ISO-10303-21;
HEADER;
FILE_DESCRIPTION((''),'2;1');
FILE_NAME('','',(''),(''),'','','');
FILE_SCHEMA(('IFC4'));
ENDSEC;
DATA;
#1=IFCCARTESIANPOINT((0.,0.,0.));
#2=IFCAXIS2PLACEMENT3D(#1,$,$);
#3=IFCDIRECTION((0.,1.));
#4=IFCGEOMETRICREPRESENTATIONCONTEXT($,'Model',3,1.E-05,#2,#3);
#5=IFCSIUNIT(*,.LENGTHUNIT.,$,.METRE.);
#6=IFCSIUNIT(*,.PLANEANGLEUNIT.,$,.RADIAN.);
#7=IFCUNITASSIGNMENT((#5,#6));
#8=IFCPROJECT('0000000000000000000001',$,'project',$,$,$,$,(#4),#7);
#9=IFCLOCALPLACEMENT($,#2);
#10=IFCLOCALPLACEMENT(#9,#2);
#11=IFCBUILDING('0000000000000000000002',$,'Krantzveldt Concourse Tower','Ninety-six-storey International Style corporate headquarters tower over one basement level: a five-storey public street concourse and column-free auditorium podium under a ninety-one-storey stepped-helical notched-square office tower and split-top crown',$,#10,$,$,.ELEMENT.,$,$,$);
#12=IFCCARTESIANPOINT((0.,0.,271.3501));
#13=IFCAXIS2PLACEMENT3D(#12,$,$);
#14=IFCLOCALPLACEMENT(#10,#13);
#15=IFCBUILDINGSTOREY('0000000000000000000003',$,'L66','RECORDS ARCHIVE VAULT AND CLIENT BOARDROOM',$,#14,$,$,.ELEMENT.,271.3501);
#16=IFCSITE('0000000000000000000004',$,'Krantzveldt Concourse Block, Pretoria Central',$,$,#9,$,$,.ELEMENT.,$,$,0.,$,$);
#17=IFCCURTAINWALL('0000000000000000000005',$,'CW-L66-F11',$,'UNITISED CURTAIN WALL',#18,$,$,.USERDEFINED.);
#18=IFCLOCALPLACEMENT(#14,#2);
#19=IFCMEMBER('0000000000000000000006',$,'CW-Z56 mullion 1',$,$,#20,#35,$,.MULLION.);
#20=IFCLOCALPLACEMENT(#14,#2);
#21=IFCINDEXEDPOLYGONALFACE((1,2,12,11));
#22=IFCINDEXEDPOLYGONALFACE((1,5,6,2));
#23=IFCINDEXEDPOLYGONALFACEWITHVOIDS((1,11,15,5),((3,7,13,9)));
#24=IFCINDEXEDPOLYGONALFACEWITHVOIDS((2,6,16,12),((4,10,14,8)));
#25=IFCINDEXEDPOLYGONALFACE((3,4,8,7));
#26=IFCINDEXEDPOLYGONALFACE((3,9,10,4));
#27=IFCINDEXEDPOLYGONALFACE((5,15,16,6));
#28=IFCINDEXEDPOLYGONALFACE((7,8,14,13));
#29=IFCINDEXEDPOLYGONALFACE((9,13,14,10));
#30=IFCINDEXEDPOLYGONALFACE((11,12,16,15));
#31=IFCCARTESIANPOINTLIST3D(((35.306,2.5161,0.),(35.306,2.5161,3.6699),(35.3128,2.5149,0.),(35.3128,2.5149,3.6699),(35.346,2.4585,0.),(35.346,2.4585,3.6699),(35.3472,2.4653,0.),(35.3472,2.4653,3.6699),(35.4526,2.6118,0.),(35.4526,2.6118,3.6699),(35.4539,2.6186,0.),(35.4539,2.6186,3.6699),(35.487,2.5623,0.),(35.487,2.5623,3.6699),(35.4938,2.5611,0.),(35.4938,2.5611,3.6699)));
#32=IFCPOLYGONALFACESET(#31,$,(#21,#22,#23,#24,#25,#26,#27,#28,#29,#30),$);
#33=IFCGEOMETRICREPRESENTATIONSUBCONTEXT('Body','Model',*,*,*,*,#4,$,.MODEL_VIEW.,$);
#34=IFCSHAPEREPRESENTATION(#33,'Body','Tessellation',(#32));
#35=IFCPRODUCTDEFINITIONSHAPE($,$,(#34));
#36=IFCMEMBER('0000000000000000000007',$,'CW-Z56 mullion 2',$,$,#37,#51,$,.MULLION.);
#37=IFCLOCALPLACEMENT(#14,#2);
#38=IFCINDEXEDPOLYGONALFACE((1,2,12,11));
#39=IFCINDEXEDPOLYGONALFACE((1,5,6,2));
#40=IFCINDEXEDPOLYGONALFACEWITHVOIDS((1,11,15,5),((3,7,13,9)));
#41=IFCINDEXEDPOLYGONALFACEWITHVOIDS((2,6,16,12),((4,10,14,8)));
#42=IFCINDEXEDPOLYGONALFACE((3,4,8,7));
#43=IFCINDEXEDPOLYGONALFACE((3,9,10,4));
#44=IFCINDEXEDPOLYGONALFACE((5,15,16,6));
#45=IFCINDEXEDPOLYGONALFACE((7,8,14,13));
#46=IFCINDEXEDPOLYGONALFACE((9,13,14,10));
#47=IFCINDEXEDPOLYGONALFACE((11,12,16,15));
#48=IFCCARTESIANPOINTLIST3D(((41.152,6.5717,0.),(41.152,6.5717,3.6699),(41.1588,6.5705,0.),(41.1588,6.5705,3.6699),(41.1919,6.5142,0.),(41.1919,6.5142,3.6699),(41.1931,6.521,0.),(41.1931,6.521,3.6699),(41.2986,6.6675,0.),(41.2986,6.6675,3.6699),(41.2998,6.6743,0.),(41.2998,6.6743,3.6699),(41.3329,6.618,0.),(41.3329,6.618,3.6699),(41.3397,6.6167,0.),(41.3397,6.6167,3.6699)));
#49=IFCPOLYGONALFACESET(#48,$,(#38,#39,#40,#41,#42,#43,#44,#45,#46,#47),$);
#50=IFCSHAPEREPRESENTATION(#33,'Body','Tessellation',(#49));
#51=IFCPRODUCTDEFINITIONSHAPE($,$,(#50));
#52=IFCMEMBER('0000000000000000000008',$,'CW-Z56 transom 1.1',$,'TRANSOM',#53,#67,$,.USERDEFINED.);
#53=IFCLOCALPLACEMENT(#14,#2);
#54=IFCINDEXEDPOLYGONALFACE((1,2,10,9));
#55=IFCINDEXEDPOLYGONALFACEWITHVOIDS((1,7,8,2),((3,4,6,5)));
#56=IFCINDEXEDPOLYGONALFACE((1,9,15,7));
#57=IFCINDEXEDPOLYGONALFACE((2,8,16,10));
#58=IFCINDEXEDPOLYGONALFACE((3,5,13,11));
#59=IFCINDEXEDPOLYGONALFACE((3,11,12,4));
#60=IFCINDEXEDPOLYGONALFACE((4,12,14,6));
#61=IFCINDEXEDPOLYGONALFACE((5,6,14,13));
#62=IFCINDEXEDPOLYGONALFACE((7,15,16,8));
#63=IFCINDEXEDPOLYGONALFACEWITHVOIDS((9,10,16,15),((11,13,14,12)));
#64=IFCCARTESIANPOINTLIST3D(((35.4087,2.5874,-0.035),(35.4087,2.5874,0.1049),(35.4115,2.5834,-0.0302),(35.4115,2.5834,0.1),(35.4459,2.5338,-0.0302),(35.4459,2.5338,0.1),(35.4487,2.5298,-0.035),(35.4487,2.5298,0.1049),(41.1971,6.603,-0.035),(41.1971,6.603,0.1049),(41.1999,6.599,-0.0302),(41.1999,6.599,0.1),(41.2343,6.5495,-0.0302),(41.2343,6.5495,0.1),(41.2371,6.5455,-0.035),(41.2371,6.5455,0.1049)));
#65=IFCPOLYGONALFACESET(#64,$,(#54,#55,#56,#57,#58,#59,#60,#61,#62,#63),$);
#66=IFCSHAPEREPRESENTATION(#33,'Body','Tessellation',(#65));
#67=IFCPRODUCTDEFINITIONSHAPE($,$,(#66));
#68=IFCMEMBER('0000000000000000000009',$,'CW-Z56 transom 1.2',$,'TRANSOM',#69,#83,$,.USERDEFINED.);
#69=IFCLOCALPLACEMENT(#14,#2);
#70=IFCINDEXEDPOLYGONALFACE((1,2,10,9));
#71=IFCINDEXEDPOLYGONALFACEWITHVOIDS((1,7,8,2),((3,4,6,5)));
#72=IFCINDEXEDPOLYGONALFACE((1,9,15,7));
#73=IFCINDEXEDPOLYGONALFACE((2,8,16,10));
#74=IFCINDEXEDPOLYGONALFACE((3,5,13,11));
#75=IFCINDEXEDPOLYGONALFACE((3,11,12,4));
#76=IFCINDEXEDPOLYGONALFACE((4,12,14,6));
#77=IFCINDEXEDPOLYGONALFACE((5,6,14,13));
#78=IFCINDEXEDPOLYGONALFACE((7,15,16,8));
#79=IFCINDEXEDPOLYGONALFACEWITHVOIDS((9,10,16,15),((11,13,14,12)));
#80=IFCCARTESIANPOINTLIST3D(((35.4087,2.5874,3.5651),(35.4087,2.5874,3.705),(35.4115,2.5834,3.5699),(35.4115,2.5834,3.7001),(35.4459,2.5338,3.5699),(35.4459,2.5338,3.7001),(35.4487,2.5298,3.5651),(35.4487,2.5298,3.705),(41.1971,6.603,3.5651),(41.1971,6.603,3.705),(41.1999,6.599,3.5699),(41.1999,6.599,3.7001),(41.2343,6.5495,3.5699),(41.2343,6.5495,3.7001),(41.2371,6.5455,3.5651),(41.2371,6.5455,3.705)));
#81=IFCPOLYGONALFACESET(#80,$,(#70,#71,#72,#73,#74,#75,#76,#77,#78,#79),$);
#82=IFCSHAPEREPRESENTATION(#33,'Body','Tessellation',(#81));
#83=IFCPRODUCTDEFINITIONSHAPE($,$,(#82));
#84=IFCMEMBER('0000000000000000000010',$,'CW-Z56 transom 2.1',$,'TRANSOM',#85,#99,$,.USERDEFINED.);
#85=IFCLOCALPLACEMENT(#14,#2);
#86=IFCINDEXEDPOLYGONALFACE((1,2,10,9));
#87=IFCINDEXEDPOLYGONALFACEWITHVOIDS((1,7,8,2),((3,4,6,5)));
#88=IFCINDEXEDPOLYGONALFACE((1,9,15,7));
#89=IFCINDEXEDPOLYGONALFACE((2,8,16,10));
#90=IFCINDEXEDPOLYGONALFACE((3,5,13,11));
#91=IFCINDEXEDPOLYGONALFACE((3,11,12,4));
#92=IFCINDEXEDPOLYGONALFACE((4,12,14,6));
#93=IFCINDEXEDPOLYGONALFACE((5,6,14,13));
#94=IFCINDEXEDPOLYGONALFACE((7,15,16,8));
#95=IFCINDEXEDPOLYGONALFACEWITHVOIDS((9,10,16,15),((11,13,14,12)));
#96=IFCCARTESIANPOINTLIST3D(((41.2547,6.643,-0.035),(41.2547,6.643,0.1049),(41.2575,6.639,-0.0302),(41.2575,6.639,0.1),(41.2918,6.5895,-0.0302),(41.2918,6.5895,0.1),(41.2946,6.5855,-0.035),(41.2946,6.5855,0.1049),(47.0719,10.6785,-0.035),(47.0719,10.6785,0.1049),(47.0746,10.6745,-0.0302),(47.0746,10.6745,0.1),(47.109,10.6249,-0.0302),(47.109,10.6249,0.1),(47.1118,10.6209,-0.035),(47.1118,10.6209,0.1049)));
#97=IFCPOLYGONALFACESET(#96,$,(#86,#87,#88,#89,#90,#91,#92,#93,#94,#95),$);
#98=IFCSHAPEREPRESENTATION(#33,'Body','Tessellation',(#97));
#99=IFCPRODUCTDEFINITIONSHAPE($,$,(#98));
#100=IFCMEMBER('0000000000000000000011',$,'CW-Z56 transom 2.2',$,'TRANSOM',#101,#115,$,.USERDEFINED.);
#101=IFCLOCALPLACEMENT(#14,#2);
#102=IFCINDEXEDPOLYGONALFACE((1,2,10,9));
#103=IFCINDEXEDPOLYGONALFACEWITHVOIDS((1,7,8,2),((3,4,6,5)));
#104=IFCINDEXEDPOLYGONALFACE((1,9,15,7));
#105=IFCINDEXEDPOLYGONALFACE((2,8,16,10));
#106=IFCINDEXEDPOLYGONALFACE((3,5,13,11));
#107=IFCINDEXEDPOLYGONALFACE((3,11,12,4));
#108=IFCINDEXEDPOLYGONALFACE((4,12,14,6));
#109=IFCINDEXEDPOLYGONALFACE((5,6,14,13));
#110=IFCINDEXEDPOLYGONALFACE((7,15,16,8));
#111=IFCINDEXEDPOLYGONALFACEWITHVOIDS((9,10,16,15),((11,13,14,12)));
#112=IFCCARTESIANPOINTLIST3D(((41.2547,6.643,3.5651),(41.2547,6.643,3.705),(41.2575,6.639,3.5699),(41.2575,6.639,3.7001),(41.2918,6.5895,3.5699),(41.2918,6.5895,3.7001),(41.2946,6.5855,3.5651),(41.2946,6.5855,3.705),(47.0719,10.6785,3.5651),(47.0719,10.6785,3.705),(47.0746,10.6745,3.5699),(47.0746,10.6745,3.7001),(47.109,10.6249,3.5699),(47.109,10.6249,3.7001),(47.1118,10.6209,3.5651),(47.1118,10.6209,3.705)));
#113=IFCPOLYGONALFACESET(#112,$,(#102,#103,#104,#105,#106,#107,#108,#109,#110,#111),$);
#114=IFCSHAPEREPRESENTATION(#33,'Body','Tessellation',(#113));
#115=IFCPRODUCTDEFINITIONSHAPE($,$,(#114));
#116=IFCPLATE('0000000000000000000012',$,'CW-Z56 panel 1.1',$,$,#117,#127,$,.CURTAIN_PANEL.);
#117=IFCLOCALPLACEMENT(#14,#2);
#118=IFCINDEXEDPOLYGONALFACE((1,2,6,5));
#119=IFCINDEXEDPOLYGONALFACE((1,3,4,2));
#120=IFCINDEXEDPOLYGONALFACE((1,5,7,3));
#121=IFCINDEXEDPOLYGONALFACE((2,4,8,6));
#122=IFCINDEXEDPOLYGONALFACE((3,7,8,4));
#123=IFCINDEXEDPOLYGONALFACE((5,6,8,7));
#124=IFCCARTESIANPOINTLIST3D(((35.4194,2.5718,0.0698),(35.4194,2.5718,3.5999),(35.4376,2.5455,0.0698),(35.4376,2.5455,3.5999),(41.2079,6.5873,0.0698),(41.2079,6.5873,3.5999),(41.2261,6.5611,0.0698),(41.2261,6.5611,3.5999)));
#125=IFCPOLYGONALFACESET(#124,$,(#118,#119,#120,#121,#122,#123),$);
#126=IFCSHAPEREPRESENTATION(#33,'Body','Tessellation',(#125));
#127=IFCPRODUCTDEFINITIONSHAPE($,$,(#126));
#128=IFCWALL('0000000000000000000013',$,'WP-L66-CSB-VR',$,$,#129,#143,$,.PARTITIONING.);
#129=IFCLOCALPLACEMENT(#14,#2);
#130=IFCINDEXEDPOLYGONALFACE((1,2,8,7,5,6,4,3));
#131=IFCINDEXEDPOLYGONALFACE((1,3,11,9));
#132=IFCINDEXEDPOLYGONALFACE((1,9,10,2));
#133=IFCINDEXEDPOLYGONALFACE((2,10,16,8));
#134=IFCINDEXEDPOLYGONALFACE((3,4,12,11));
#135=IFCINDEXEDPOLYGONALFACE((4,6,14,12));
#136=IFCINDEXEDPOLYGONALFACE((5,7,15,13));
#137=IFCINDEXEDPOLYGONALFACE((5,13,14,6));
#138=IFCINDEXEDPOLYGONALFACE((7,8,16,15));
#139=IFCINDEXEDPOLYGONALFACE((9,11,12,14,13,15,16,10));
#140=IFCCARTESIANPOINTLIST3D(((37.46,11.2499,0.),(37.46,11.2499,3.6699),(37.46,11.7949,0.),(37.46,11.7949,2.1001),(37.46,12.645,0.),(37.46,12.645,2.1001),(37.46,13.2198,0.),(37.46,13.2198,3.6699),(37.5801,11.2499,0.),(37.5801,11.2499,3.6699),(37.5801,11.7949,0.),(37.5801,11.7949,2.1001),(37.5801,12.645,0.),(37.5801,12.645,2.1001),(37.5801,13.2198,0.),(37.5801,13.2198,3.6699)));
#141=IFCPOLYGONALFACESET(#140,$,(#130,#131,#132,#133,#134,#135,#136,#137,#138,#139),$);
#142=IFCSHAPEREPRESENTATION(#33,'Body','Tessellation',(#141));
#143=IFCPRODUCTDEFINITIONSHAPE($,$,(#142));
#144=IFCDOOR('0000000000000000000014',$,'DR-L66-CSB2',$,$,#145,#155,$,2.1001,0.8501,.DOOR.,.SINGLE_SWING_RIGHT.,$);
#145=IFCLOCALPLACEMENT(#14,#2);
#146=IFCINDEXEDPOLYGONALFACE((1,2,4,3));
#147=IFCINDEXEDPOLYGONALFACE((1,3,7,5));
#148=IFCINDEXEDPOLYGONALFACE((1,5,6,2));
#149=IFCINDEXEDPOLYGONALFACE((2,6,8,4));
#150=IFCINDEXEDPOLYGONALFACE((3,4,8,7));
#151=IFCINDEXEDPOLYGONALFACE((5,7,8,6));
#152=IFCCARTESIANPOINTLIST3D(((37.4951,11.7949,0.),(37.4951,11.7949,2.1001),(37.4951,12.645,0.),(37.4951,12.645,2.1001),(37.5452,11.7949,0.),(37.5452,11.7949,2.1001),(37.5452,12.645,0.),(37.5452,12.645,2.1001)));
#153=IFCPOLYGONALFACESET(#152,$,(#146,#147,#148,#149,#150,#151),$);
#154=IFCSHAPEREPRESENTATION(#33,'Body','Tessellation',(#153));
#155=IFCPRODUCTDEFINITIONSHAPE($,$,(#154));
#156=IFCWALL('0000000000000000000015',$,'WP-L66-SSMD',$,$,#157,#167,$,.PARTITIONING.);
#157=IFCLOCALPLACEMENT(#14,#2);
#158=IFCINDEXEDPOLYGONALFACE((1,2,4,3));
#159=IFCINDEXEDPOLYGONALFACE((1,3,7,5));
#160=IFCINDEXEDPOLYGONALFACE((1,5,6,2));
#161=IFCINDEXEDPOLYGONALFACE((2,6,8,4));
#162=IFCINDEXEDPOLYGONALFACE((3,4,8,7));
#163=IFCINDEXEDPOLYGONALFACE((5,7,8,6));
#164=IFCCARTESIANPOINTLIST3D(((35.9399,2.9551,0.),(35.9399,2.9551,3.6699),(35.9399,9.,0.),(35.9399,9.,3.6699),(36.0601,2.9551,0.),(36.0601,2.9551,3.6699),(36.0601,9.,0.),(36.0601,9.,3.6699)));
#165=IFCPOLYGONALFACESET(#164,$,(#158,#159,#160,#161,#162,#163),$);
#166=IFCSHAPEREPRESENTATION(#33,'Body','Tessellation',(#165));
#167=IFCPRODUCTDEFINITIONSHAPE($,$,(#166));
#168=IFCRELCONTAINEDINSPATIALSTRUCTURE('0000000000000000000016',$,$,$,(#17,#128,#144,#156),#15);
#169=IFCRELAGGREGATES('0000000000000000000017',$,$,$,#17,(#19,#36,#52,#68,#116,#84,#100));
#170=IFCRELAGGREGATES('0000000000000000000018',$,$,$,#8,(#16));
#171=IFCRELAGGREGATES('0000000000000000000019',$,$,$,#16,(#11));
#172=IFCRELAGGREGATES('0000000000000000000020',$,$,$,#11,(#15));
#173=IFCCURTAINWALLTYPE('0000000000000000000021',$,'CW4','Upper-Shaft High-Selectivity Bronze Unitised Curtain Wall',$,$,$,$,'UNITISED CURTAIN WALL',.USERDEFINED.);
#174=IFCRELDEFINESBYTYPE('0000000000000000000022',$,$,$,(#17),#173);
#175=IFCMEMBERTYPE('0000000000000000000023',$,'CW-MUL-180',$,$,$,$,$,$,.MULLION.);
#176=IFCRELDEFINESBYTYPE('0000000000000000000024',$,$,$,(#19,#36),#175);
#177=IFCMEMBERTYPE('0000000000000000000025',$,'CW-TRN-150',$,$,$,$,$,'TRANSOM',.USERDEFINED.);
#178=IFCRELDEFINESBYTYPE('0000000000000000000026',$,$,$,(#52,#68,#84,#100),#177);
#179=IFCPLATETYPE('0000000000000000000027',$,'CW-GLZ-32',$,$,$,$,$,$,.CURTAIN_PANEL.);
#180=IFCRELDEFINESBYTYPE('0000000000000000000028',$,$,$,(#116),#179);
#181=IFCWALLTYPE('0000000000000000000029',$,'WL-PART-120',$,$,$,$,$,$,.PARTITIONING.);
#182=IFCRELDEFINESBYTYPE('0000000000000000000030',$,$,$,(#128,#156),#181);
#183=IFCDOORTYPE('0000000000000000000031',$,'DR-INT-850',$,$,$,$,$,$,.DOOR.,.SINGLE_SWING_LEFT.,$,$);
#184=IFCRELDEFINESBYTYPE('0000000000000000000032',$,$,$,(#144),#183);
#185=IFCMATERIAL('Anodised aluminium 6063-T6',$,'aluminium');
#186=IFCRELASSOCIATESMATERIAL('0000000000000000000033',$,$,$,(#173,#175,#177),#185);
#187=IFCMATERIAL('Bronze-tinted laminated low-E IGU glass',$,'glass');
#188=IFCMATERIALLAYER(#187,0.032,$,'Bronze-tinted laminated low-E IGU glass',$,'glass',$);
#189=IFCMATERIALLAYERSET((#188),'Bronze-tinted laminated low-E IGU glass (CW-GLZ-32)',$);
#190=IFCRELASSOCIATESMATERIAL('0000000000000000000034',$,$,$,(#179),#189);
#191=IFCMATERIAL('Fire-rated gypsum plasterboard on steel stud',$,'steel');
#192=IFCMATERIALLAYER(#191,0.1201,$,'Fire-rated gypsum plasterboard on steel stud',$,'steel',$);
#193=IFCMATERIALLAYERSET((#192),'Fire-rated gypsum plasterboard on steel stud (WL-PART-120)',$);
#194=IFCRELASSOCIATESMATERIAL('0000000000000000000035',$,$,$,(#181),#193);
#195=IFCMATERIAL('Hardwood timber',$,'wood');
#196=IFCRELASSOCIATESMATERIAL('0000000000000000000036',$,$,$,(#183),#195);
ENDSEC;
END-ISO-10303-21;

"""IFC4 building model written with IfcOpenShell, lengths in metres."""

from ifc_helpers import new_model, si_unit, direction, frame, frame_2d, origin, origin_2d, place, context, subcontext, project, spatial, rectangle, hollow_rectangle, extrude, source, transform, mapped, material, layer, layer_set, material_profile, profile_set, type_object, type_shapes, element, fill, aggregate, save


model = new_model("IFC4")

# Units and contexts
model_context = context("Model", 3, precision=1e-05, world=origin(), true_north=direction((0.0, 1.0)))
body_context = subcontext(model_context, "Body", "Model", "MODEL_VIEW")
ifc_project = project(units=[si_unit("LENGTHUNIT", "METRE"), si_unit("PLANEANGLEUNIT", "RADIAN")], contexts=[model_context])

# Site, building, storey
site_placement = place(None, origin())
site = spatial("IfcSite", under=ifc_project, at=site_placement, Name="Krantzveldt Concourse Block, Pretoria Central", CompositionType="ELEMENT", RefElevation=0.0)
building_placement = place(site_placement, origin())
building = spatial("IfcBuilding", under=site, at=building_placement, Name="Krantzveldt Concourse Tower", Description="Ninety-six-storey International Style corporate headquarters tower over one basement level: a five-storey public street concourse and column-free auditorium podium under a ninety-one-storey stepped-helical notched-square office tower and split-top crown", CompositionType="ELEMENT")
storey_placement = place(building_placement, frame((0.0, 0.0, 271.3501)))
storey = spatial("IfcBuildingStorey", under=building, at=storey_placement, Name="L66", Description="RECORDS ARCHIVE VAULT AND CLIENT BOARDROOM", CompositionType="ELEMENT", Elevation=271.3501)

# Curtain wall, members, plate
ifc_material_1 = material(Name="Anodised aluminium 6063-T6", Category="aluminium")
curtain_wall_type = type_object("IfcCurtainWallType", Name="CW4", Description="Upper-Shaft High-Selectivity Bronze Unitised Curtain Wall", ElementType="UNITISED CURTAIN WALL", PredefinedType="USERDEFINED", material=ifc_material_1)
curtain_wall_placement = place(storey_placement, origin())
curtain_wall = element("IfcCurtainWall", 1, at=curtain_wall_placement, inside=storey, type_object=curtain_wall_type, Name="CW-L66-F11", ObjectType="UNITISED CURTAIN WALL", PredefinedType="USERDEFINED")
ifc_material_profile_1 = material_profile(ifc_material_1, hollow_rectangle(XDim=0.0701, YDim=0.1799, WallThickness=0.0049, at=origin_2d()), Name="Anodised aluminium 6063-T6", Category="aluminium")
ifc_profile_set_1 = profile_set([ifc_material_profile_1], Name="Anodised aluminium 6063-T6 - ALU-MULL 180x70x5")
member_type_1 = type_object("IfcMemberType", Name="CW-MUL-180", PredefinedType="MULLION", material=ifc_profile_set_1)
shared_shape_1 = source(origin(), body_context, "Body", "SweptSolid", [
    extrude(hollow_rectangle(XDim=0.0701, YDim=0.1799, WallThickness=0.0049, at=origin_2d()), origin(), (0.0, 0.0, 1.0), 3.6699),
])
type_shapes(member_type_1, [shared_shape_1])
member_1_placement = place(storey_placement, frame((35.3999, 2.5386, 0.0), z_axis=(0.0, 0.0, 1.0), x_axis=(-0.569997, 0.821647, 0.0)))
member_1 = element("IfcMember", 2, at=member_1_placement, type_object=member_type_1, Name="CW-Z56 mullion 1", PredefinedType="MULLION", context=body_context, shape_type="MappedRepresentation", body=[
    mapped(shared_shape_1, transform((0.0, 0.0, 0.0), x_axis=(1.0, 0.0, 0.0), y_axis=(0.0, 1.0, 0.0), z_axis=(0.0, 0.0, 1.0), scale=1.0)),
])
member_2_placement = place(storey_placement, frame((41.2458, 6.5942, 0.0), z_axis=(0.0, 0.0, 1.0), x_axis=(-0.569997, 0.821647, 0.0)))
member_2 = element("IfcMember", 3, at=member_2_placement, type_object=member_type_1, Name="CW-Z56 mullion 2", PredefinedType="MULLION", context=body_context, shape_type="MappedRepresentation", body=[
    mapped(shared_shape_1, transform((0.0, 0.0, 0.0), x_axis=(1.0, 0.0, 0.0), y_axis=(0.0, 1.0, 0.0), z_axis=(0.0, 0.0, 1.0), scale=1.0)),
])
ifc_material_profile_2 = material_profile(ifc_material_1, hollow_rectangle(XDim=0.0701, YDim=0.1399, WallThickness=0.0049, at=origin_2d()), Name="Anodised aluminium 6063-T6", Category="aluminium")
ifc_profile_set_2 = profile_set([ifc_material_profile_2], Name="Anodised aluminium 6063-T6 - ALU-TRAN 140x70x5")
member_type_2 = type_object("IfcMemberType", Name="CW-TRN-150", ElementType="TRANSOM", PredefinedType="USERDEFINED", material=ifc_profile_set_2)
shared_shape_2 = source(origin(), body_context, "Body", "SweptSolid", [
    extrude(hollow_rectangle(XDim=0.0701, YDim=0.1399, WallThickness=0.0049, at=origin_2d()), origin(), (0.0, 0.0, 1.0), 7.0449),
])
member_3_placement = place(storey_placement, frame((35.4287, 2.5586, 0.0349), z_axis=(0.821639, 0.570008, 0.0), x_axis=(-0.570008, 0.821639, 0.0)))
member_3 = element("IfcMember", 4, at=member_3_placement, type_object=member_type_2, Name="CW-Z56 transom 1.1", ObjectType="TRANSOM", PredefinedType="USERDEFINED", context=body_context, shape_type="MappedRepresentation", body=[
    mapped(shared_shape_2, transform((0.0, 0.0, 0.0), x_axis=(1.0, 0.0, 0.0), y_axis=(0.0, 1.0, 0.0), z_axis=(0.0, 0.0, 1.0), scale=1.0)),
])
member_4_placement = place(storey_placement, frame((35.4287, 2.5586, 3.635), z_axis=(0.821639, 0.570008, 0.0), x_axis=(-0.570008, 0.821639, 0.0)))
member_4 = element("IfcMember", 5, at=member_4_placement, type_object=member_type_2, Name="CW-Z56 transom 1.2", ObjectType="TRANSOM", PredefinedType="USERDEFINED", context=body_context, shape_type="MappedRepresentation", body=[
    mapped(shared_shape_2, transform((0.0, 0.0, 0.0), x_axis=(1.0, 0.0, 0.0), y_axis=(0.0, 1.0, 0.0), z_axis=(0.0, 0.0, 1.0), scale=1.0)),
])
shared_shape_3 = source(origin(), body_context, "Body", "SweptSolid", [
    extrude(hollow_rectangle(XDim=0.0701, YDim=0.1399, WallThickness=0.0049, at=origin_2d()), origin(), (0.0, 0.0, 1.0), 7.0798),
])
type_shapes(member_type_2, [shared_shape_2, shared_shape_3])
member_5_placement = place(storey_placement, frame((41.2747, 6.6143, 0.0349), z_axis=(0.821653, 0.569988, 0.0), x_axis=(-0.569988, 0.821653, 0.0)))
member_5 = element("IfcMember", 6, at=member_5_placement, type_object=member_type_2, Name="CW-Z56 transom 2.1", ObjectType="TRANSOM", PredefinedType="USERDEFINED", context=body_context, shape_type="MappedRepresentation", body=[
    mapped(shared_shape_3, transform((0.0, 0.0, 0.0), x_axis=(1.0, 0.0, 0.0), y_axis=(0.0, 1.0, 0.0), z_axis=(0.0, 0.0, 1.0), scale=1.0)),
])
member_6_placement = place(storey_placement, frame((41.2747, 6.6143, 3.635), z_axis=(0.821653, 0.569988, 0.0), x_axis=(-0.569988, 0.821653, 0.0)))
member_6 = element("IfcMember", 7, at=member_6_placement, type_object=member_type_2, Name="CW-Z56 transom 2.2", ObjectType="TRANSOM", PredefinedType="USERDEFINED", context=body_context, shape_type="MappedRepresentation", body=[
    mapped(shared_shape_3, transform((0.0, 0.0, 0.0), x_axis=(1.0, 0.0, 0.0), y_axis=(0.0, 1.0, 0.0), z_axis=(0.0, 0.0, 1.0), scale=1.0)),
])
ifc_material_2 = material(Name="Bronze-tinted laminated low-E IGU glass", Category="glass")
ifc_layer_1 = layer(ifc_material_2, 0.032, Name="Bronze-tinted laminated low-E IGU glass", Category="glass")
ifc_layer_set_1 = layer_set([ifc_layer_1], Name="Bronze-tinted laminated low-E IGU glass (CW-GLZ-32)")
plate_type = type_object("IfcPlateType", Name="CW-GLZ-32", PredefinedType="CURTAIN_PANEL", material=ifc_layer_set_1)
shared_shape_4 = source(origin(), body_context, "Body", "SweptSolid", [
    extrude(rectangle(XDim=7.0449, YDim=0.032, at=origin_2d()), origin(), (0.0, 0.0, 1.0), 3.53),
])
type_shapes(plate_type, [shared_shape_4])
plate_placement = place(storey_placement, frame((38.3228, 4.5664, 0.0698), z_axis=(0.0, 0.0, 1.0), x_axis=(0.821647, 0.569997, 0.0)))
plate = element("IfcPlate", 8, at=plate_placement, type_object=plate_type, Name="CW-Z56 panel 1.1", PredefinedType="CURTAIN_PANEL", context=body_context, shape_type="MappedRepresentation", body=[
    mapped(shared_shape_4, transform((0.0, 0.0, 0.0), x_axis=(1.0, 0.0, 0.0), y_axis=(0.0, 1.0, 0.0), z_axis=(0.0, 0.0, 1.0), scale=1.0)),
])
aggregate(curtain_wall, [member_1, member_2, member_3, member_4, plate, member_5, member_6])

# Wall, opening, door
ifc_material_3 = material(Name="Fire-rated gypsum plasterboard on steel stud", Category="steel")
ifc_layer_2 = layer(ifc_material_3, 0.1201, Name="Fire-rated gypsum plasterboard on steel stud", Category="steel")
ifc_layer_set_2 = layer_set([ifc_layer_2], Name="Fire-rated gypsum plasterboard on steel stud (WL-PART-120)")
wall_type_1 = type_object("IfcWallType", Name="WL-PART-120", PredefinedType="PARTITIONING", material=ifc_layer_set_2)
wall_1_placement = place(storey_placement, frame((37.52, 11.25, 0.0), z_axis=(0.0, 0.0, 1.0), x_axis=(0.0, 1.0, 0.0)))
wall_1 = element("IfcWall", 9, at=wall_1_placement, inside=storey, type_object=wall_type_1, Name="WP-L66-CSB-VR", PredefinedType="PARTITIONING", context=body_context, shape_type="SweptSolid", body=[
    extrude(rectangle(XDim=1.97, YDim=0.1201, at=frame_2d((0.9849, 0.0))), origin(), (0.0, 0.0, 1.0), 3.6699),
])
opening_1_placement = place(wall_1_placement, frame((0.5449, 0.0, 0.0)))
opening_1 = element("IfcOpeningElement", 10, at=opening_1_placement, cuts=wall_1, PredefinedType="OPENING", context=body_context, shape_type="SweptSolid", body=[
    extrude(rectangle(XDim=0.8501, YDim=2.1001, at=frame_2d((0.425, 1.05))), frame((0.0, 0.0701, 0.0), z_axis=(0.0, -1.0, 0.0), x_axis=(1.0, 0.0, 0.0)), (0.0, 0.0, 1.0), 0.1401),
])
ifc_material_4 = material(Name="Hardwood timber", Category="wood")
door_type_1 = type_object("IfcDoorType", Name="DR-INT-850", OperationType="SINGLE_SWING_LEFT", PredefinedType="DOOR", material=ifc_material_4)
door_1_placement = place(opening_1_placement, origin())
door_1 = element("IfcDoor", 11, at=door_1_placement, inside=storey, type_object=door_type_1, Name="DR-L66-CSB2", OperationType="SINGLE_SWING_RIGHT", OverallHeight=2.1001, OverallWidth=0.8501, PredefinedType="DOOR", context=body_context, shape_type="SweptSolid", body=[
    extrude(rectangle(XDim=0.8501, YDim=2.1001, at=frame_2d((0.425, 1.05))), frame((0.0, 0.0249, 0.0), z_axis=(0.0, -1.0, 0.0), x_axis=(1.0, 0.0, 0.0)), (0.0, 0.0, 1.0), 0.05),
])
fill(opening_1, door_1)

# Wall
wall_2_placement = place(storey_placement, frame((36.0, 2.9551, 0.0), z_axis=(0.0, 0.0, 1.0), x_axis=(0.0, 1.0, 0.0)))
element("IfcWall", 12, at=wall_2_placement, inside=storey, type_object=wall_type_1, Name="WP-L66-SSMD", PredefinedType="PARTITIONING", context=body_context, shape_type="SweptSolid", body=[
    extrude(rectangle(XDim=6.0449, YDim=0.1201, at=frame_2d((3.0225, 0.0))), origin(), (0.0, 0.0, 1.0), 3.6699),
])

save(model, "model.ifc")
